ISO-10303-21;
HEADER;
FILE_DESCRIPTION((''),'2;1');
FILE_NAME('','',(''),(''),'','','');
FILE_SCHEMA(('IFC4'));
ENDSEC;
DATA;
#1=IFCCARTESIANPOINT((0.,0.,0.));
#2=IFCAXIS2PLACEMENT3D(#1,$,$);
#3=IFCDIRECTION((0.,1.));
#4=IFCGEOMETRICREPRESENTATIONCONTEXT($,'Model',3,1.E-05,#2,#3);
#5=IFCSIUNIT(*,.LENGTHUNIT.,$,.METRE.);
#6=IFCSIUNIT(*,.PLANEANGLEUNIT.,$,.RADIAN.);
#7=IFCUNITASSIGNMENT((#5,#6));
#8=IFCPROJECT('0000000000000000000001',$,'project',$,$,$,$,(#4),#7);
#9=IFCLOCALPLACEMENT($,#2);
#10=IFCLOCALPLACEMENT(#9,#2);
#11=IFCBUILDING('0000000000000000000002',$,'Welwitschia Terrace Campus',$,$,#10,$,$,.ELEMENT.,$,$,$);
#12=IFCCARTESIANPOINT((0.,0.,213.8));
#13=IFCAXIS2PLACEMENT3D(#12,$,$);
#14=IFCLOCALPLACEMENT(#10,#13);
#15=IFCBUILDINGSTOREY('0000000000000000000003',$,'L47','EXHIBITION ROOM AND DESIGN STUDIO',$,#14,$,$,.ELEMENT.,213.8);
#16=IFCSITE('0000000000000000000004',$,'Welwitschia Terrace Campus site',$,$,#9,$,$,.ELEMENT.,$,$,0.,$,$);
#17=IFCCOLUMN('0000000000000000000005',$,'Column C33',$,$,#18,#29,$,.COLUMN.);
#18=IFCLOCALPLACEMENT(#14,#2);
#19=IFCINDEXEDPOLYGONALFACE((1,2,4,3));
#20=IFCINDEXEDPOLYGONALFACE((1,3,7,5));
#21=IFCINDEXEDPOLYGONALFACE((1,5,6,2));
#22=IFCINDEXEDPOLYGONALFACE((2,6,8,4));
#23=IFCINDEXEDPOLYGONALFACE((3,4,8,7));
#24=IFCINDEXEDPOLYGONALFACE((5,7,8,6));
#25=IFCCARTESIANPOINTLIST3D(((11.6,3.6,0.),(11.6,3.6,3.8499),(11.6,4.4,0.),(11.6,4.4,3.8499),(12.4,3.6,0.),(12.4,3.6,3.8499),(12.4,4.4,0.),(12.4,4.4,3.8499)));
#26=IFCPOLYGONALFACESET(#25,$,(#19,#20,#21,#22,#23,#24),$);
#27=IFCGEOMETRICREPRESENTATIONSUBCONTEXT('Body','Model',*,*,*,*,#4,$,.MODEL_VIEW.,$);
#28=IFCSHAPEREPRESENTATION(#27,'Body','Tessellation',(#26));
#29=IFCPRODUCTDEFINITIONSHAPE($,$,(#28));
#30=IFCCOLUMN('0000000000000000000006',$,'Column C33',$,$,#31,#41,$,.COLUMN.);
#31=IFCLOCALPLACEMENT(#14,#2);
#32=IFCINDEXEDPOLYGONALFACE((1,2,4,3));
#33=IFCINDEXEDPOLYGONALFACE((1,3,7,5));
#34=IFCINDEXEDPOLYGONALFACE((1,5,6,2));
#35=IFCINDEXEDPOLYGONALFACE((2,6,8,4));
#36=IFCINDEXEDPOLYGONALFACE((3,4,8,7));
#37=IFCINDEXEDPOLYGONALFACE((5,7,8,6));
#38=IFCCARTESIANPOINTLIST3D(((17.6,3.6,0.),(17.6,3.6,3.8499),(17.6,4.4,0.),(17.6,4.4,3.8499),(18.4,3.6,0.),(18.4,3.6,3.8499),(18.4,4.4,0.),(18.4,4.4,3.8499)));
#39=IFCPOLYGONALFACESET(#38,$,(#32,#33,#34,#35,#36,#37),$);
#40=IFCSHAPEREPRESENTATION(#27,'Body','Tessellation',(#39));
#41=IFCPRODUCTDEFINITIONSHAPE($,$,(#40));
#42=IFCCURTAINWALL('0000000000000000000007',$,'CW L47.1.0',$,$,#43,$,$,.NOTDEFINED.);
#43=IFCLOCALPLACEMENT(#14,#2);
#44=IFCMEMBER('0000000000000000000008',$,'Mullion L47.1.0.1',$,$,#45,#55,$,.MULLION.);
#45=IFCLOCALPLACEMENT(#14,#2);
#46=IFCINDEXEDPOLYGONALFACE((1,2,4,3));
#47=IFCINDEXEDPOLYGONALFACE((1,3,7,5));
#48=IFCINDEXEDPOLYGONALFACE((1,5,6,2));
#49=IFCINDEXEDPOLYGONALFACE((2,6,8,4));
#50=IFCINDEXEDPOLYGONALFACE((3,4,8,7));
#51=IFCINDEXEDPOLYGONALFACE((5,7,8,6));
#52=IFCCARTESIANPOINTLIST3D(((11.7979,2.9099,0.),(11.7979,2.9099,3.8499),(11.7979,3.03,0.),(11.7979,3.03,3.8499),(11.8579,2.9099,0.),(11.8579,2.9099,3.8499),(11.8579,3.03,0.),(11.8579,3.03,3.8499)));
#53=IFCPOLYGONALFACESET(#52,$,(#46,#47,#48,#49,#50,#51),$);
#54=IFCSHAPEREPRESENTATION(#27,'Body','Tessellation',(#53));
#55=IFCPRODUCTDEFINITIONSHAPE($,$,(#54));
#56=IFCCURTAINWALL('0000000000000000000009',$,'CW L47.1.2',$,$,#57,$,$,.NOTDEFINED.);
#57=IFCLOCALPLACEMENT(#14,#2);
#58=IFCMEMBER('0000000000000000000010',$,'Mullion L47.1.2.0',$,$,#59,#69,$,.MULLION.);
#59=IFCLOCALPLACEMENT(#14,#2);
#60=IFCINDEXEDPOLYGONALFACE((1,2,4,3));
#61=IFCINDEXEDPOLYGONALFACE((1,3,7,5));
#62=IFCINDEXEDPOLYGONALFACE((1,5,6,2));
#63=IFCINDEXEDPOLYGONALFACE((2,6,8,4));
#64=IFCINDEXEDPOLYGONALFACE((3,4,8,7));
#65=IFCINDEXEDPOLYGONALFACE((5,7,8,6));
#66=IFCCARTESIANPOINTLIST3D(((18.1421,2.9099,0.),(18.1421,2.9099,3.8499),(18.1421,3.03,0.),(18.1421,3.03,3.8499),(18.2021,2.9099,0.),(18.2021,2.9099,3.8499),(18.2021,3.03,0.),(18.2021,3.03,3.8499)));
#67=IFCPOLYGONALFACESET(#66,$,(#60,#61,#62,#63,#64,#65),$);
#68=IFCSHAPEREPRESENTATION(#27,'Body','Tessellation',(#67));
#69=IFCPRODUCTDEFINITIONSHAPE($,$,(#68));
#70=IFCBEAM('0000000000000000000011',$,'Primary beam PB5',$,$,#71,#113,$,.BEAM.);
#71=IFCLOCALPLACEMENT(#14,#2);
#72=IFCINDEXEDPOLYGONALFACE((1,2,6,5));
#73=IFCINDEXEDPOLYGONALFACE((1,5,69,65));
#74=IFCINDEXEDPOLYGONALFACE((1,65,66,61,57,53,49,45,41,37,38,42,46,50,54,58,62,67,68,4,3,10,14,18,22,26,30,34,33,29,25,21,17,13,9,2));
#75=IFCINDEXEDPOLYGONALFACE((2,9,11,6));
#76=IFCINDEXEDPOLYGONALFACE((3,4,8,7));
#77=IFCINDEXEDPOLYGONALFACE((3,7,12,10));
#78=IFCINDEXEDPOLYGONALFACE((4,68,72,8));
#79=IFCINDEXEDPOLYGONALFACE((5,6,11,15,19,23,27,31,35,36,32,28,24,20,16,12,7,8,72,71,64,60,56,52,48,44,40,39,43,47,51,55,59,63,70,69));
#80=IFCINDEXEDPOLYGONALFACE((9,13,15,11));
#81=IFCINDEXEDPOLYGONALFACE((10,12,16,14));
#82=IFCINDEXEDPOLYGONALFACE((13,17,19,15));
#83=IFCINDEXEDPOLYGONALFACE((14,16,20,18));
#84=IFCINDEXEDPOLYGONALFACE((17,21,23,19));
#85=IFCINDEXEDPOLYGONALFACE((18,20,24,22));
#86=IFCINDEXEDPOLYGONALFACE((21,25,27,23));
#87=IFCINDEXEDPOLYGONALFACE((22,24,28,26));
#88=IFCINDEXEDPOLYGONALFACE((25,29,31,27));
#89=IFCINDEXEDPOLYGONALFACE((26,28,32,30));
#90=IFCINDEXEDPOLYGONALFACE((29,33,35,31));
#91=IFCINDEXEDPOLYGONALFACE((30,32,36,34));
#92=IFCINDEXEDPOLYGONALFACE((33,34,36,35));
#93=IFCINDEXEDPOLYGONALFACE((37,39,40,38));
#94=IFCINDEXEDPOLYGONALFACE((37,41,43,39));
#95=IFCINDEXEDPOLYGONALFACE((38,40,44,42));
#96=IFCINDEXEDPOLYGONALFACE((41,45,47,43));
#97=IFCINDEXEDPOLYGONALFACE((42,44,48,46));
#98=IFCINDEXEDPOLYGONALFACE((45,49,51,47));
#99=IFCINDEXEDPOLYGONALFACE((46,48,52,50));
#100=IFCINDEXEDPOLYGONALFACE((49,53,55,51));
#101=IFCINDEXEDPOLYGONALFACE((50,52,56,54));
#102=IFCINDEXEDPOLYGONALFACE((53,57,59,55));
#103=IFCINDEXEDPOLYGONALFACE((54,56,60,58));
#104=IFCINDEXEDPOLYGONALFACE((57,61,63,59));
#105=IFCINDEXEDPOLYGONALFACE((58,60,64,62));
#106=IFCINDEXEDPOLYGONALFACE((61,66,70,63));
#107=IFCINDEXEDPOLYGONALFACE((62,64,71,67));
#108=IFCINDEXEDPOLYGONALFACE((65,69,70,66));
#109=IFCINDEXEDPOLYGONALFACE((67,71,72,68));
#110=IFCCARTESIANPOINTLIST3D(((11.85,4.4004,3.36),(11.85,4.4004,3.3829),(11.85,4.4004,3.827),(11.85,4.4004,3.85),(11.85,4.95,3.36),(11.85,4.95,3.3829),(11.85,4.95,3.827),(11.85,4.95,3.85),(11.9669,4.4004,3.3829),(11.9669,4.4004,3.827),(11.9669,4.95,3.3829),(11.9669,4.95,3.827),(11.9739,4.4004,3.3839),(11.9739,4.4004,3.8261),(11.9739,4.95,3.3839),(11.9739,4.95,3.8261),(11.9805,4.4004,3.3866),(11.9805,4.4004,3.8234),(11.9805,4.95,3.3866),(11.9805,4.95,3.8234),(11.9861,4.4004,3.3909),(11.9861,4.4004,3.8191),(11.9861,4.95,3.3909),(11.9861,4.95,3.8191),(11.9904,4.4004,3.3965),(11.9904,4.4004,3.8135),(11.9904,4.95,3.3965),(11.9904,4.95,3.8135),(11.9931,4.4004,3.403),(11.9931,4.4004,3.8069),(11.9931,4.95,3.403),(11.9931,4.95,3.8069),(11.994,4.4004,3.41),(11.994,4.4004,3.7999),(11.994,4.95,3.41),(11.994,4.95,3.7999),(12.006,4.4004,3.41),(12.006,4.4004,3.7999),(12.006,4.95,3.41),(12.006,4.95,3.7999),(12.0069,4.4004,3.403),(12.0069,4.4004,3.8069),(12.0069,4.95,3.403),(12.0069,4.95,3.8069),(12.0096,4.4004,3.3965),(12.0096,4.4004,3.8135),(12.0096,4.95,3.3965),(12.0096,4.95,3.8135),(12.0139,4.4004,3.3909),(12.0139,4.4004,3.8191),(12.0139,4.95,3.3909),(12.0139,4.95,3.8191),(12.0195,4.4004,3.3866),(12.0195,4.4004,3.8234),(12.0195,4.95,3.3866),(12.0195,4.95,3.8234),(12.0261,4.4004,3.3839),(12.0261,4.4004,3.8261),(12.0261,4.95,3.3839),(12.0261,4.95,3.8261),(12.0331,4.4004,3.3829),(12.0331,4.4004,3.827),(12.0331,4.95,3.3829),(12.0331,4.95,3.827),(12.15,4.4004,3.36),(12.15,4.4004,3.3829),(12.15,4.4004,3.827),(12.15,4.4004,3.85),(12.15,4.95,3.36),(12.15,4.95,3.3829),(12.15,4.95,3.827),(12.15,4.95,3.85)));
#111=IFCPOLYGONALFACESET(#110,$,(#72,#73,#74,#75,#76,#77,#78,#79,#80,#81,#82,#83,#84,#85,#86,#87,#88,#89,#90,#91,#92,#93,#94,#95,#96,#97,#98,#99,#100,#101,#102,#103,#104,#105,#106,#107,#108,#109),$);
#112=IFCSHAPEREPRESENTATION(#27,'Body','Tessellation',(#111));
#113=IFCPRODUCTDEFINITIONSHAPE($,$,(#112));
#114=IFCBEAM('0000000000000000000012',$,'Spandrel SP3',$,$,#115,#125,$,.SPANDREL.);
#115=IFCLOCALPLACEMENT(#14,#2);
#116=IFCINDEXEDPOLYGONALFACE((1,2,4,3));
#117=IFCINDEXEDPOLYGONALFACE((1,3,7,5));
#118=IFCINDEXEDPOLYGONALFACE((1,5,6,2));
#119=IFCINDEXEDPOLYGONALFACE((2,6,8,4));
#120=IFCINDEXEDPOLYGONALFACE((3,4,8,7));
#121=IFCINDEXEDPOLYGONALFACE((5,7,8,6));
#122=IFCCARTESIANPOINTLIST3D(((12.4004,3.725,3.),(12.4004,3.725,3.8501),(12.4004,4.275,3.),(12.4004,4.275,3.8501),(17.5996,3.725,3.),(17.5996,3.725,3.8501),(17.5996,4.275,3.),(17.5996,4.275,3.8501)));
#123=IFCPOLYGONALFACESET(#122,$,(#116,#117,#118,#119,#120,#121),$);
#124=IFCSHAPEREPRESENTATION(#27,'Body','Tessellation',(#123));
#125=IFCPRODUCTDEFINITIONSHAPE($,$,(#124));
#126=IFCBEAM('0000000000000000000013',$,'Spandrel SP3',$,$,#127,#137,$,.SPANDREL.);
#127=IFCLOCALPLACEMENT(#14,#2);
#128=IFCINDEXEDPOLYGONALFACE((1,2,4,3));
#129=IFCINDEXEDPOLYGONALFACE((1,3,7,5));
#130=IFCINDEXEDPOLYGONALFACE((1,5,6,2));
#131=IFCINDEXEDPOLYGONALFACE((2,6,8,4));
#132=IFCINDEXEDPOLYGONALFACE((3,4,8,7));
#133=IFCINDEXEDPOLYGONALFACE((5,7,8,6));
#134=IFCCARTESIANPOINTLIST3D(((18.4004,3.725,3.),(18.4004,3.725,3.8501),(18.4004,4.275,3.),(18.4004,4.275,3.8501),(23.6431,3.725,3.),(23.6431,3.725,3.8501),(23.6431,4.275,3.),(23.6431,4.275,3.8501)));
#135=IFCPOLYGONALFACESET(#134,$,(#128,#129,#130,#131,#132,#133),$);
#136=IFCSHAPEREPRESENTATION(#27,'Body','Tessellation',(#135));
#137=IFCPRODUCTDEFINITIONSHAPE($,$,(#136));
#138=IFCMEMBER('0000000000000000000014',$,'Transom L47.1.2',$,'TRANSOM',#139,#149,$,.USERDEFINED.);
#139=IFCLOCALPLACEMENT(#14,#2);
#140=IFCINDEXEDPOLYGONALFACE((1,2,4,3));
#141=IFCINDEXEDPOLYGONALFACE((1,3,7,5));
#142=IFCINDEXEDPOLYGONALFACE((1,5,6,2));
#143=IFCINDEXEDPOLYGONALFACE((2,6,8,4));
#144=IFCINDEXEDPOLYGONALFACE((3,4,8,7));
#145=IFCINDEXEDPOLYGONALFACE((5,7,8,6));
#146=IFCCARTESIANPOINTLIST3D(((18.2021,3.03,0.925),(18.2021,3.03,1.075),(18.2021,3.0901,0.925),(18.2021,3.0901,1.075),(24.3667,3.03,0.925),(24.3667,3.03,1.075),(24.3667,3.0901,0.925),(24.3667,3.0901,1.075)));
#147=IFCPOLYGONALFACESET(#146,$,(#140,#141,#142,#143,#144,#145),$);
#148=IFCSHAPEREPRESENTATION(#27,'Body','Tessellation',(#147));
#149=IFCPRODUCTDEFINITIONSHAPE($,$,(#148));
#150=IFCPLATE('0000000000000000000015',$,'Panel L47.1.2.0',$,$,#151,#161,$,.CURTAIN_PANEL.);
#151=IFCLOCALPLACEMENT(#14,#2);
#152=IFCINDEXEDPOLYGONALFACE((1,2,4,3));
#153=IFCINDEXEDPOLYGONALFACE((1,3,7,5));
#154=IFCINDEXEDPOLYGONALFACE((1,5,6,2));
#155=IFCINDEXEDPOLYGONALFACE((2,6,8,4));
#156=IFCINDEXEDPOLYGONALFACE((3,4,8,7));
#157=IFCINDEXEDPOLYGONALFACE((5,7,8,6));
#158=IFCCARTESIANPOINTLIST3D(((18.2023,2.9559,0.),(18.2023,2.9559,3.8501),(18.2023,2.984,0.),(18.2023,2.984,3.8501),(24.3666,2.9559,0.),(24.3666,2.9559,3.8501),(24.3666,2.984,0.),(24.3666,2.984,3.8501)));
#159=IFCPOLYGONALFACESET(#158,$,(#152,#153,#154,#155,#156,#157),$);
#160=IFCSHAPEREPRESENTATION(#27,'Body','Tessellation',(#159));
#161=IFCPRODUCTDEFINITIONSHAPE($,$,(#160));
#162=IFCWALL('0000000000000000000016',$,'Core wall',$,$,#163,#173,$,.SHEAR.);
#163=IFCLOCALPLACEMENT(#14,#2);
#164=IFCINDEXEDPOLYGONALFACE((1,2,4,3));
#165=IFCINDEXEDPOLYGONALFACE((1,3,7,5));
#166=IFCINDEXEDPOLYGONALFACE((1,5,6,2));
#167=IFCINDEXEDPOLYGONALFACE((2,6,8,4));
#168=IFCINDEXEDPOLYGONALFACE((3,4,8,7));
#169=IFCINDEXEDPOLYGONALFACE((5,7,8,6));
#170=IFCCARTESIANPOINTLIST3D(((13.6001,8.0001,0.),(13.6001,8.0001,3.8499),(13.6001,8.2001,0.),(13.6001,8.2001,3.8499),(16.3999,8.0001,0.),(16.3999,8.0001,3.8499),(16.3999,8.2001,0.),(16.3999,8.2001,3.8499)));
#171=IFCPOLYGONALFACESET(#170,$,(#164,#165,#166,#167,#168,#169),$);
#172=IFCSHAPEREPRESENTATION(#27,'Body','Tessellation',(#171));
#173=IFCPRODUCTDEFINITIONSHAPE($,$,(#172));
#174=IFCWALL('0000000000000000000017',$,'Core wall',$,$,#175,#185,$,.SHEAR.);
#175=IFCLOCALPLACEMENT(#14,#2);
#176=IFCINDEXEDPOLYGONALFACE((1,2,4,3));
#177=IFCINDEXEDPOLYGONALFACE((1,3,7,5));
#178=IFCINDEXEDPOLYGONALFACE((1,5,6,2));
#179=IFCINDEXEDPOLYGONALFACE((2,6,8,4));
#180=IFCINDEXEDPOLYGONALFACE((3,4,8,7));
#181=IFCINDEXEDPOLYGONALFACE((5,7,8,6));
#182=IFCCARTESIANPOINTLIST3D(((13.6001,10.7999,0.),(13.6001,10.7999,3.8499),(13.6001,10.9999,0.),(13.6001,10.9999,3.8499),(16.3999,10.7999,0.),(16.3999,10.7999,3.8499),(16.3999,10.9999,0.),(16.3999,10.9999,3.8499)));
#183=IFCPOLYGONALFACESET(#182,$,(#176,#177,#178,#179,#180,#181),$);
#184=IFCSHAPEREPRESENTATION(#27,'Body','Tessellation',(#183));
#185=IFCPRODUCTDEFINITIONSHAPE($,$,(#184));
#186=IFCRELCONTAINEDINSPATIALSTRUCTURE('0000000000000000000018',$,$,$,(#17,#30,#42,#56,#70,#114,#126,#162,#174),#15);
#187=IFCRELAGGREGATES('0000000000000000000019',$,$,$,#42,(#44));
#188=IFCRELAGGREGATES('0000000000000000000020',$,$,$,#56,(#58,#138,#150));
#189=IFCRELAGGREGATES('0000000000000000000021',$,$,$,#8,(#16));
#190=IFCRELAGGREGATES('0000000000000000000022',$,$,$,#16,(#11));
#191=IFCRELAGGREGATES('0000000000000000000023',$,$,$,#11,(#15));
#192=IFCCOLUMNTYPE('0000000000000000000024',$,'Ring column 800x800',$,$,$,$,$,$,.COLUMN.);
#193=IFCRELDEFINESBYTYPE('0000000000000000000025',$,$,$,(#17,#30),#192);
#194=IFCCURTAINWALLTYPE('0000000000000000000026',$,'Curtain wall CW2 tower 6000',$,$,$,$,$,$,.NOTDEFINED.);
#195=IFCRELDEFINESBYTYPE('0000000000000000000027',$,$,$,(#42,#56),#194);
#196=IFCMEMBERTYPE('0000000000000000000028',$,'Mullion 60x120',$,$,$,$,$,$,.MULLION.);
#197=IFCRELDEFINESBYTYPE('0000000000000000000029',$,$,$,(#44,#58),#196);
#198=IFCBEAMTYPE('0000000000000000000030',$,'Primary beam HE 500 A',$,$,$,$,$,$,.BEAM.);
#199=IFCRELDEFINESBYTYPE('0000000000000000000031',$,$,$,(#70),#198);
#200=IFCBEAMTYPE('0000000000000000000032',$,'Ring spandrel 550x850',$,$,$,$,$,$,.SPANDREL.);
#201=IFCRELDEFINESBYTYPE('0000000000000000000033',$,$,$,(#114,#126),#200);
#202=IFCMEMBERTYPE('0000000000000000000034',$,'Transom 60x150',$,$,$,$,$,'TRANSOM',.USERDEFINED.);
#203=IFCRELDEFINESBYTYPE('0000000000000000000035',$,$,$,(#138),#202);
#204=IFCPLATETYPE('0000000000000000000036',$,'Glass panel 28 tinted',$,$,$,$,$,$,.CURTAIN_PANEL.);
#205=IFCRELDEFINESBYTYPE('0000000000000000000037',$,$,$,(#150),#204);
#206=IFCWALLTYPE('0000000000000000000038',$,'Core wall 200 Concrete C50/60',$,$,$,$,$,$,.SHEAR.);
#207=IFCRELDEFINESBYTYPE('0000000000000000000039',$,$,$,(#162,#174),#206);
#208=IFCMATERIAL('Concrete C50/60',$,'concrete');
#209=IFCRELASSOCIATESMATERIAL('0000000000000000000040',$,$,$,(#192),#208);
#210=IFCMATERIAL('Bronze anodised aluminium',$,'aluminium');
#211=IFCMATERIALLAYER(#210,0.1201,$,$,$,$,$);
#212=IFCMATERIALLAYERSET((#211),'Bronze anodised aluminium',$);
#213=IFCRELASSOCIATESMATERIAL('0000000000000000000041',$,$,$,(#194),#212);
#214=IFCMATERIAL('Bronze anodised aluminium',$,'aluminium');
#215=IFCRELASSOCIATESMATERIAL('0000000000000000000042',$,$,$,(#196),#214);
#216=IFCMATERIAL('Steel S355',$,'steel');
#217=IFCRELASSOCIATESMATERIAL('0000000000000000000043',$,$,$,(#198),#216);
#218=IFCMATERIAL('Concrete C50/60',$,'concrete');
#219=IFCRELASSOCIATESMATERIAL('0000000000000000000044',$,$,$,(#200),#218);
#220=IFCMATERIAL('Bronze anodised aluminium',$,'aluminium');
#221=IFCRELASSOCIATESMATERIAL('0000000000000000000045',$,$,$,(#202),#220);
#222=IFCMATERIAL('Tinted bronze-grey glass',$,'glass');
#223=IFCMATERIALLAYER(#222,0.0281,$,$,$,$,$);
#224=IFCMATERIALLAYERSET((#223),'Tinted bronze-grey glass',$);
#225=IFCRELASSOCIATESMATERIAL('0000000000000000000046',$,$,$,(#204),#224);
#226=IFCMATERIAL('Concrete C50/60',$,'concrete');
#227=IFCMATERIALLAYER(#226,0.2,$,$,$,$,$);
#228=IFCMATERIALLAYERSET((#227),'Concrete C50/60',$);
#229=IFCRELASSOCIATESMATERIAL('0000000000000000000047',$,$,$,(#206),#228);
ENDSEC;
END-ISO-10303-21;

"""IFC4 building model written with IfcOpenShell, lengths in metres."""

from ifc_helpers import new_model, si_unit, direction, frame, frame_2d, origin, origin_2d, place, context, subcontext, project, spatial, rectangle, i_section, extrude, material, layer, layer_set, material_profile, profile_set, type_object, element, aggregate, save


model = new_model("IFC4")

# Units and contexts
model_context = context("Model", 3, precision=1e-05, world=origin(), true_north=direction((0.0, 1.0)))
body_context = subcontext(model_context, "Body", "Model", "MODEL_VIEW")
ifc_project = project(units=[si_unit("LENGTHUNIT", "METRE"), si_unit("PLANEANGLEUNIT", "RADIAN")], contexts=[model_context])

# Site, building, storey
site_placement = place(None, origin())
site = spatial("IfcSite", under=ifc_project, at=site_placement, Name="Welwitschia Terrace Campus site", CompositionType="ELEMENT", RefElevation=0.0)
building_placement = place(site_placement, origin())
building = spatial("IfcBuilding", under=site, at=building_placement, Name="Welwitschia Terrace Campus", CompositionType="ELEMENT")
storey_placement = place(building_placement, frame((0.0, 0.0, 213.8)))
storey = spatial("IfcBuildingStorey", under=building, at=storey_placement, Name="L47", Description="EXHIBITION ROOM AND DESIGN STUDIO", CompositionType="ELEMENT", Elevation=213.8)

# Columns
ifc_material_1 = material(Name="Concrete C50/60", Category="concrete")
ifc_material_profile_1 = material_profile(ifc_material_1, rectangle(XDim=0.8, YDim=0.8, at=origin_2d()))
ifc_profile_set_1 = profile_set([ifc_material_profile_1], Name="Concrete C50/60")
column_type = type_object("IfcColumnType", Name="Ring column 800x800", PredefinedType="COLUMN", material=ifc_profile_set_1)
for number, where, z_axis, x_axis, name in (
    (1, (12.0, 4.0, 0.0), (0.0, 0.0, 1.0), (1.0, 0.0, 0.0), "Column C33"),
    (2, (18.0, 4.0, 0.0), (0.0, 0.0, 1.0), (1.0, 0.0, 0.0), "Column C33"),
):
    element("IfcColumn", number, at=place(storey_placement, frame(where, z_axis=z_axis, x_axis=x_axis)), inside=storey, type_object=column_type, Name=name, PredefinedType="COLUMN", context=body_context, shape_type="SweptSolid", body=[
        extrude(rectangle(XDim=0.8, YDim=0.8, at=origin_2d()), origin(), (0.0, 0.0, 1.0), 3.8499),
    ])

# Curtain walls, members
ifc_material_2 = material(Name="Bronze anodised aluminium", Category="aluminium")
ifc_layer_1 = layer(ifc_material_2, 0.1201)
ifc_layer_set_1 = layer_set([ifc_layer_1], Name="Bronze anodised aluminium")
curtain_wall_type = type_object("IfcCurtainWallType", Name="Curtain wall CW2 tower 6000", PredefinedType="NOTDEFINED", material=ifc_layer_set_1)
curtain_wall_1_placement = place(storey_placement, origin())
curtain_wall_1 = element("IfcCurtainWall", 3, at=curtain_wall_1_placement, inside=storey, type_object=curtain_wall_type, Name="CW L47.1.0", PredefinedType="NOTDEFINED")
ifc_material_3 = material(Name="Bronze anodised aluminium", Category="aluminium")
ifc_material_profile_2 = material_profile(ifc_material_3, rectangle(XDim=0.1201, YDim=0.0601, at=origin_2d()))
ifc_profile_set_2 = profile_set([ifc_material_profile_2], Name="Bronze anodised aluminium")
member_type_1 = type_object("IfcMemberType", Name="Mullion 60x120", PredefinedType="MULLION", material=ifc_profile_set_2)
member_1_placement = place(storey_placement, frame((11.8279, 2.97, 0.0), z_axis=(0.0, 0.0, 1.0), x_axis=(0.0, 1.0, 0.0)))
member_1 = element("IfcMember", 4, at=member_1_placement, type_object=member_type_1, Name="Mullion L47.1.0.1", PredefinedType="MULLION", context=body_context, shape_type="SweptSolid", body=[
    extrude(rectangle(XDim=0.1201, YDim=0.0601, at=origin_2d()), origin(), (0.0, 0.0, 1.0), 3.8499),
])
aggregate(curtain_wall_1, [member_1])
curtain_wall_2_placement = place(storey_placement, origin())
curtain_wall_2 = element("IfcCurtainWall", 5, at=curtain_wall_2_placement, inside=storey, type_object=curtain_wall_type, Name="CW L47.1.2", PredefinedType="NOTDEFINED")
member_2_placement = place(storey_placement, frame((18.1721, 2.97, 0.0), z_axis=(0.0, 0.0, 1.0), x_axis=(0.0, 1.0, 0.0)))
member_2 = element("IfcMember", 6, at=member_2_placement, type_object=member_type_1, Name="Mullion L47.1.2.0", PredefinedType="MULLION", context=body_context, shape_type="SweptSolid", body=[
    extrude(rectangle(XDim=0.1201, YDim=0.0601, at=origin_2d()), origin(), (0.0, 0.0, 1.0), 3.8499),
])

# Beams
ifc_material_4 = material(Name="Steel S355", Category="steel")
ifc_material_profile_3 = material_profile(ifc_material_4, i_section(OverallWidth=0.3, OverallDepth=0.49, WebThickness=0.012, FlangeThickness=0.0229, FilletRadius=0.0271, at=origin_2d()))
ifc_profile_set_3 = profile_set([ifc_material_profile_3], Name="Steel S355")
beam_type_1 = type_object("IfcBeamType", Name="Primary beam HE 500 A", PredefinedType="BEAM", material=ifc_profile_set_3)
beam_1_placement = place(storey_placement, frame((12.0, 4.4004, 3.605), z_axis=(0.0, 1.0, 0.0), x_axis=(-1.0, 0.0, 0.0)))
element("IfcBeam", 7, at=beam_1_placement, inside=storey, type_object=beam_type_1, Name="Primary beam PB5", PredefinedType="BEAM", context=body_context, shape_type="SweptSolid", body=[
    extrude(i_section(OverallWidth=0.3, OverallDepth=0.49, WebThickness=0.012, FlangeThickness=0.0229, FilletRadius=0.0271, at=origin_2d()), origin(), (0.0, 0.0, 1.0), 0.5496),
])
ifc_material_5 = material(Name="Concrete C50/60", Category="concrete")
ifc_material_profile_4 = material_profile(ifc_material_5, rectangle(XDim=0.55, YDim=0.8501, at=origin_2d()))
ifc_profile_set_4 = profile_set([ifc_material_profile_4], Name="Concrete C50/60")
beam_type_2 = type_object("IfcBeamType", Name="Ring spandrel 550x850", PredefinedType="SPANDREL", material=ifc_profile_set_4)
beam_2_placement = place(storey_placement, frame((12.4004, 4.0, 3.425), z_axis=(1.0, 0.0, 0.0), x_axis=(0.0, 1.0, 0.0)))
element("IfcBeam", 8, at=beam_2_placement, inside=storey, type_object=beam_type_2, Name="Spandrel SP3", PredefinedType="SPANDREL", context=body_context, shape_type="SweptSolid", body=[
    extrude(rectangle(XDim=0.55, YDim=0.8501, at=origin_2d()), origin(), (0.0, 0.0, 1.0), 5.1992),
])
beam_3_placement = place(storey_placement, frame((18.4004, 4.0, 3.425), z_axis=(1.0, 0.0, 0.0), x_axis=(0.0, 1.0, 0.0)))
element("IfcBeam", 9, at=beam_3_placement, inside=storey, type_object=beam_type_2, Name="Spandrel SP3", PredefinedType="SPANDREL", context=body_context, shape_type="SweptSolid", body=[
    extrude(rectangle(XDim=0.55, YDim=0.8501, at=origin_2d()), origin(), (0.0, 0.0, 1.0), 5.2427),
])

# Member
ifc_material_6 = material(Name="Bronze anodised aluminium", Category="aluminium")
ifc_material_profile_5 = material_profile(ifc_material_6, rectangle(XDim=0.0601, YDim=0.1499, at=origin_2d()))
ifc_profile_set_5 = profile_set([ifc_material_profile_5], Name="Bronze anodised aluminium")
member_type_2 = type_object("IfcMemberType", Name="Transom 60x150", ElementType="TRANSOM", PredefinedType="USERDEFINED", material=ifc_profile_set_5)
member_3_placement = place(storey_placement, frame((18.2021, 3.0601, 1.0), z_axis=(1.0, 0.0, 0.0), x_axis=(0.0, 1.0, 0.0)))
member_3 = element("IfcMember", 10, at=member_3_placement, type_object=member_type_2, Name="Transom L47.1.2", ObjectType="TRANSOM", PredefinedType="USERDEFINED", context=body_context, shape_type="SweptSolid", body=[
    extrude(rectangle(XDim=0.0601, YDim=0.1499, at=origin_2d()), origin(), (0.0, 0.0, 1.0), 6.1646),
])

# Plate
ifc_material_7 = material(Name="Tinted bronze-grey glass", Category="glass")
ifc_layer_2 = layer(ifc_material_7, 0.0281)
ifc_layer_set_2 = layer_set([ifc_layer_2], Name="Tinted bronze-grey glass")
plate_type = type_object("IfcPlateType", Name="Glass panel 28 tinted", PredefinedType="CURTAIN_PANEL", material=ifc_layer_set_2)
plate_placement = place(storey_placement, frame((21.2844, 2.97, 0.0), z_axis=(0.0, 0.0, 1.0), x_axis=(1.0, 0.0, 0.0)))
plate = element("IfcPlate", 11, at=plate_placement, type_object=plate_type, Name="Panel L47.1.2.0", PredefinedType="CURTAIN_PANEL", context=body_context, shape_type="SweptSolid", body=[
    extrude(rectangle(XDim=6.1643, YDim=0.0281, at=origin_2d()), origin(), (0.0, 0.0, 1.0), 3.8501),
])
aggregate(curtain_wall_2, [member_2, member_3, plate])

# Walls
ifc_material_8 = material(Name="Concrete C50/60", Category="concrete")
ifc_layer_3 = layer(ifc_material_8, 0.2)
ifc_layer_set_3 = layer_set([ifc_layer_3], Name="Concrete C50/60")
wall_type_1 = type_object("IfcWallType", Name="Core wall 200 Concrete C50/60", PredefinedType="SHEAR", material=ifc_layer_set_3)
for number, where, z_axis, x_axis, name in (
    (12, (13.6001, 8.1001, 0.0), (0.0, 0.0, 1.0), (1.0, 0.0, 0.0), "Core wall"),
    (13, (13.6001, 10.8999, 0.0), (0.0, 0.0, 1.0), (1.0, 0.0, 0.0), "Core wall"),
):
    element("IfcWall", number, at=place(storey_placement, frame(where, z_axis=z_axis, x_axis=x_axis)), inside=storey, type_object=wall_type_1, Name=name, PredefinedType="SHEAR", context=body_context, shape_type="SweptSolid", body=[
        extrude(rectangle(XDim=2.7998, YDim=0.2, at=frame_2d((1.3999, 0.0))), origin(), (0.0, 0.0, 1.0), 3.8499),
    ])

save(model, "model.ifc")
